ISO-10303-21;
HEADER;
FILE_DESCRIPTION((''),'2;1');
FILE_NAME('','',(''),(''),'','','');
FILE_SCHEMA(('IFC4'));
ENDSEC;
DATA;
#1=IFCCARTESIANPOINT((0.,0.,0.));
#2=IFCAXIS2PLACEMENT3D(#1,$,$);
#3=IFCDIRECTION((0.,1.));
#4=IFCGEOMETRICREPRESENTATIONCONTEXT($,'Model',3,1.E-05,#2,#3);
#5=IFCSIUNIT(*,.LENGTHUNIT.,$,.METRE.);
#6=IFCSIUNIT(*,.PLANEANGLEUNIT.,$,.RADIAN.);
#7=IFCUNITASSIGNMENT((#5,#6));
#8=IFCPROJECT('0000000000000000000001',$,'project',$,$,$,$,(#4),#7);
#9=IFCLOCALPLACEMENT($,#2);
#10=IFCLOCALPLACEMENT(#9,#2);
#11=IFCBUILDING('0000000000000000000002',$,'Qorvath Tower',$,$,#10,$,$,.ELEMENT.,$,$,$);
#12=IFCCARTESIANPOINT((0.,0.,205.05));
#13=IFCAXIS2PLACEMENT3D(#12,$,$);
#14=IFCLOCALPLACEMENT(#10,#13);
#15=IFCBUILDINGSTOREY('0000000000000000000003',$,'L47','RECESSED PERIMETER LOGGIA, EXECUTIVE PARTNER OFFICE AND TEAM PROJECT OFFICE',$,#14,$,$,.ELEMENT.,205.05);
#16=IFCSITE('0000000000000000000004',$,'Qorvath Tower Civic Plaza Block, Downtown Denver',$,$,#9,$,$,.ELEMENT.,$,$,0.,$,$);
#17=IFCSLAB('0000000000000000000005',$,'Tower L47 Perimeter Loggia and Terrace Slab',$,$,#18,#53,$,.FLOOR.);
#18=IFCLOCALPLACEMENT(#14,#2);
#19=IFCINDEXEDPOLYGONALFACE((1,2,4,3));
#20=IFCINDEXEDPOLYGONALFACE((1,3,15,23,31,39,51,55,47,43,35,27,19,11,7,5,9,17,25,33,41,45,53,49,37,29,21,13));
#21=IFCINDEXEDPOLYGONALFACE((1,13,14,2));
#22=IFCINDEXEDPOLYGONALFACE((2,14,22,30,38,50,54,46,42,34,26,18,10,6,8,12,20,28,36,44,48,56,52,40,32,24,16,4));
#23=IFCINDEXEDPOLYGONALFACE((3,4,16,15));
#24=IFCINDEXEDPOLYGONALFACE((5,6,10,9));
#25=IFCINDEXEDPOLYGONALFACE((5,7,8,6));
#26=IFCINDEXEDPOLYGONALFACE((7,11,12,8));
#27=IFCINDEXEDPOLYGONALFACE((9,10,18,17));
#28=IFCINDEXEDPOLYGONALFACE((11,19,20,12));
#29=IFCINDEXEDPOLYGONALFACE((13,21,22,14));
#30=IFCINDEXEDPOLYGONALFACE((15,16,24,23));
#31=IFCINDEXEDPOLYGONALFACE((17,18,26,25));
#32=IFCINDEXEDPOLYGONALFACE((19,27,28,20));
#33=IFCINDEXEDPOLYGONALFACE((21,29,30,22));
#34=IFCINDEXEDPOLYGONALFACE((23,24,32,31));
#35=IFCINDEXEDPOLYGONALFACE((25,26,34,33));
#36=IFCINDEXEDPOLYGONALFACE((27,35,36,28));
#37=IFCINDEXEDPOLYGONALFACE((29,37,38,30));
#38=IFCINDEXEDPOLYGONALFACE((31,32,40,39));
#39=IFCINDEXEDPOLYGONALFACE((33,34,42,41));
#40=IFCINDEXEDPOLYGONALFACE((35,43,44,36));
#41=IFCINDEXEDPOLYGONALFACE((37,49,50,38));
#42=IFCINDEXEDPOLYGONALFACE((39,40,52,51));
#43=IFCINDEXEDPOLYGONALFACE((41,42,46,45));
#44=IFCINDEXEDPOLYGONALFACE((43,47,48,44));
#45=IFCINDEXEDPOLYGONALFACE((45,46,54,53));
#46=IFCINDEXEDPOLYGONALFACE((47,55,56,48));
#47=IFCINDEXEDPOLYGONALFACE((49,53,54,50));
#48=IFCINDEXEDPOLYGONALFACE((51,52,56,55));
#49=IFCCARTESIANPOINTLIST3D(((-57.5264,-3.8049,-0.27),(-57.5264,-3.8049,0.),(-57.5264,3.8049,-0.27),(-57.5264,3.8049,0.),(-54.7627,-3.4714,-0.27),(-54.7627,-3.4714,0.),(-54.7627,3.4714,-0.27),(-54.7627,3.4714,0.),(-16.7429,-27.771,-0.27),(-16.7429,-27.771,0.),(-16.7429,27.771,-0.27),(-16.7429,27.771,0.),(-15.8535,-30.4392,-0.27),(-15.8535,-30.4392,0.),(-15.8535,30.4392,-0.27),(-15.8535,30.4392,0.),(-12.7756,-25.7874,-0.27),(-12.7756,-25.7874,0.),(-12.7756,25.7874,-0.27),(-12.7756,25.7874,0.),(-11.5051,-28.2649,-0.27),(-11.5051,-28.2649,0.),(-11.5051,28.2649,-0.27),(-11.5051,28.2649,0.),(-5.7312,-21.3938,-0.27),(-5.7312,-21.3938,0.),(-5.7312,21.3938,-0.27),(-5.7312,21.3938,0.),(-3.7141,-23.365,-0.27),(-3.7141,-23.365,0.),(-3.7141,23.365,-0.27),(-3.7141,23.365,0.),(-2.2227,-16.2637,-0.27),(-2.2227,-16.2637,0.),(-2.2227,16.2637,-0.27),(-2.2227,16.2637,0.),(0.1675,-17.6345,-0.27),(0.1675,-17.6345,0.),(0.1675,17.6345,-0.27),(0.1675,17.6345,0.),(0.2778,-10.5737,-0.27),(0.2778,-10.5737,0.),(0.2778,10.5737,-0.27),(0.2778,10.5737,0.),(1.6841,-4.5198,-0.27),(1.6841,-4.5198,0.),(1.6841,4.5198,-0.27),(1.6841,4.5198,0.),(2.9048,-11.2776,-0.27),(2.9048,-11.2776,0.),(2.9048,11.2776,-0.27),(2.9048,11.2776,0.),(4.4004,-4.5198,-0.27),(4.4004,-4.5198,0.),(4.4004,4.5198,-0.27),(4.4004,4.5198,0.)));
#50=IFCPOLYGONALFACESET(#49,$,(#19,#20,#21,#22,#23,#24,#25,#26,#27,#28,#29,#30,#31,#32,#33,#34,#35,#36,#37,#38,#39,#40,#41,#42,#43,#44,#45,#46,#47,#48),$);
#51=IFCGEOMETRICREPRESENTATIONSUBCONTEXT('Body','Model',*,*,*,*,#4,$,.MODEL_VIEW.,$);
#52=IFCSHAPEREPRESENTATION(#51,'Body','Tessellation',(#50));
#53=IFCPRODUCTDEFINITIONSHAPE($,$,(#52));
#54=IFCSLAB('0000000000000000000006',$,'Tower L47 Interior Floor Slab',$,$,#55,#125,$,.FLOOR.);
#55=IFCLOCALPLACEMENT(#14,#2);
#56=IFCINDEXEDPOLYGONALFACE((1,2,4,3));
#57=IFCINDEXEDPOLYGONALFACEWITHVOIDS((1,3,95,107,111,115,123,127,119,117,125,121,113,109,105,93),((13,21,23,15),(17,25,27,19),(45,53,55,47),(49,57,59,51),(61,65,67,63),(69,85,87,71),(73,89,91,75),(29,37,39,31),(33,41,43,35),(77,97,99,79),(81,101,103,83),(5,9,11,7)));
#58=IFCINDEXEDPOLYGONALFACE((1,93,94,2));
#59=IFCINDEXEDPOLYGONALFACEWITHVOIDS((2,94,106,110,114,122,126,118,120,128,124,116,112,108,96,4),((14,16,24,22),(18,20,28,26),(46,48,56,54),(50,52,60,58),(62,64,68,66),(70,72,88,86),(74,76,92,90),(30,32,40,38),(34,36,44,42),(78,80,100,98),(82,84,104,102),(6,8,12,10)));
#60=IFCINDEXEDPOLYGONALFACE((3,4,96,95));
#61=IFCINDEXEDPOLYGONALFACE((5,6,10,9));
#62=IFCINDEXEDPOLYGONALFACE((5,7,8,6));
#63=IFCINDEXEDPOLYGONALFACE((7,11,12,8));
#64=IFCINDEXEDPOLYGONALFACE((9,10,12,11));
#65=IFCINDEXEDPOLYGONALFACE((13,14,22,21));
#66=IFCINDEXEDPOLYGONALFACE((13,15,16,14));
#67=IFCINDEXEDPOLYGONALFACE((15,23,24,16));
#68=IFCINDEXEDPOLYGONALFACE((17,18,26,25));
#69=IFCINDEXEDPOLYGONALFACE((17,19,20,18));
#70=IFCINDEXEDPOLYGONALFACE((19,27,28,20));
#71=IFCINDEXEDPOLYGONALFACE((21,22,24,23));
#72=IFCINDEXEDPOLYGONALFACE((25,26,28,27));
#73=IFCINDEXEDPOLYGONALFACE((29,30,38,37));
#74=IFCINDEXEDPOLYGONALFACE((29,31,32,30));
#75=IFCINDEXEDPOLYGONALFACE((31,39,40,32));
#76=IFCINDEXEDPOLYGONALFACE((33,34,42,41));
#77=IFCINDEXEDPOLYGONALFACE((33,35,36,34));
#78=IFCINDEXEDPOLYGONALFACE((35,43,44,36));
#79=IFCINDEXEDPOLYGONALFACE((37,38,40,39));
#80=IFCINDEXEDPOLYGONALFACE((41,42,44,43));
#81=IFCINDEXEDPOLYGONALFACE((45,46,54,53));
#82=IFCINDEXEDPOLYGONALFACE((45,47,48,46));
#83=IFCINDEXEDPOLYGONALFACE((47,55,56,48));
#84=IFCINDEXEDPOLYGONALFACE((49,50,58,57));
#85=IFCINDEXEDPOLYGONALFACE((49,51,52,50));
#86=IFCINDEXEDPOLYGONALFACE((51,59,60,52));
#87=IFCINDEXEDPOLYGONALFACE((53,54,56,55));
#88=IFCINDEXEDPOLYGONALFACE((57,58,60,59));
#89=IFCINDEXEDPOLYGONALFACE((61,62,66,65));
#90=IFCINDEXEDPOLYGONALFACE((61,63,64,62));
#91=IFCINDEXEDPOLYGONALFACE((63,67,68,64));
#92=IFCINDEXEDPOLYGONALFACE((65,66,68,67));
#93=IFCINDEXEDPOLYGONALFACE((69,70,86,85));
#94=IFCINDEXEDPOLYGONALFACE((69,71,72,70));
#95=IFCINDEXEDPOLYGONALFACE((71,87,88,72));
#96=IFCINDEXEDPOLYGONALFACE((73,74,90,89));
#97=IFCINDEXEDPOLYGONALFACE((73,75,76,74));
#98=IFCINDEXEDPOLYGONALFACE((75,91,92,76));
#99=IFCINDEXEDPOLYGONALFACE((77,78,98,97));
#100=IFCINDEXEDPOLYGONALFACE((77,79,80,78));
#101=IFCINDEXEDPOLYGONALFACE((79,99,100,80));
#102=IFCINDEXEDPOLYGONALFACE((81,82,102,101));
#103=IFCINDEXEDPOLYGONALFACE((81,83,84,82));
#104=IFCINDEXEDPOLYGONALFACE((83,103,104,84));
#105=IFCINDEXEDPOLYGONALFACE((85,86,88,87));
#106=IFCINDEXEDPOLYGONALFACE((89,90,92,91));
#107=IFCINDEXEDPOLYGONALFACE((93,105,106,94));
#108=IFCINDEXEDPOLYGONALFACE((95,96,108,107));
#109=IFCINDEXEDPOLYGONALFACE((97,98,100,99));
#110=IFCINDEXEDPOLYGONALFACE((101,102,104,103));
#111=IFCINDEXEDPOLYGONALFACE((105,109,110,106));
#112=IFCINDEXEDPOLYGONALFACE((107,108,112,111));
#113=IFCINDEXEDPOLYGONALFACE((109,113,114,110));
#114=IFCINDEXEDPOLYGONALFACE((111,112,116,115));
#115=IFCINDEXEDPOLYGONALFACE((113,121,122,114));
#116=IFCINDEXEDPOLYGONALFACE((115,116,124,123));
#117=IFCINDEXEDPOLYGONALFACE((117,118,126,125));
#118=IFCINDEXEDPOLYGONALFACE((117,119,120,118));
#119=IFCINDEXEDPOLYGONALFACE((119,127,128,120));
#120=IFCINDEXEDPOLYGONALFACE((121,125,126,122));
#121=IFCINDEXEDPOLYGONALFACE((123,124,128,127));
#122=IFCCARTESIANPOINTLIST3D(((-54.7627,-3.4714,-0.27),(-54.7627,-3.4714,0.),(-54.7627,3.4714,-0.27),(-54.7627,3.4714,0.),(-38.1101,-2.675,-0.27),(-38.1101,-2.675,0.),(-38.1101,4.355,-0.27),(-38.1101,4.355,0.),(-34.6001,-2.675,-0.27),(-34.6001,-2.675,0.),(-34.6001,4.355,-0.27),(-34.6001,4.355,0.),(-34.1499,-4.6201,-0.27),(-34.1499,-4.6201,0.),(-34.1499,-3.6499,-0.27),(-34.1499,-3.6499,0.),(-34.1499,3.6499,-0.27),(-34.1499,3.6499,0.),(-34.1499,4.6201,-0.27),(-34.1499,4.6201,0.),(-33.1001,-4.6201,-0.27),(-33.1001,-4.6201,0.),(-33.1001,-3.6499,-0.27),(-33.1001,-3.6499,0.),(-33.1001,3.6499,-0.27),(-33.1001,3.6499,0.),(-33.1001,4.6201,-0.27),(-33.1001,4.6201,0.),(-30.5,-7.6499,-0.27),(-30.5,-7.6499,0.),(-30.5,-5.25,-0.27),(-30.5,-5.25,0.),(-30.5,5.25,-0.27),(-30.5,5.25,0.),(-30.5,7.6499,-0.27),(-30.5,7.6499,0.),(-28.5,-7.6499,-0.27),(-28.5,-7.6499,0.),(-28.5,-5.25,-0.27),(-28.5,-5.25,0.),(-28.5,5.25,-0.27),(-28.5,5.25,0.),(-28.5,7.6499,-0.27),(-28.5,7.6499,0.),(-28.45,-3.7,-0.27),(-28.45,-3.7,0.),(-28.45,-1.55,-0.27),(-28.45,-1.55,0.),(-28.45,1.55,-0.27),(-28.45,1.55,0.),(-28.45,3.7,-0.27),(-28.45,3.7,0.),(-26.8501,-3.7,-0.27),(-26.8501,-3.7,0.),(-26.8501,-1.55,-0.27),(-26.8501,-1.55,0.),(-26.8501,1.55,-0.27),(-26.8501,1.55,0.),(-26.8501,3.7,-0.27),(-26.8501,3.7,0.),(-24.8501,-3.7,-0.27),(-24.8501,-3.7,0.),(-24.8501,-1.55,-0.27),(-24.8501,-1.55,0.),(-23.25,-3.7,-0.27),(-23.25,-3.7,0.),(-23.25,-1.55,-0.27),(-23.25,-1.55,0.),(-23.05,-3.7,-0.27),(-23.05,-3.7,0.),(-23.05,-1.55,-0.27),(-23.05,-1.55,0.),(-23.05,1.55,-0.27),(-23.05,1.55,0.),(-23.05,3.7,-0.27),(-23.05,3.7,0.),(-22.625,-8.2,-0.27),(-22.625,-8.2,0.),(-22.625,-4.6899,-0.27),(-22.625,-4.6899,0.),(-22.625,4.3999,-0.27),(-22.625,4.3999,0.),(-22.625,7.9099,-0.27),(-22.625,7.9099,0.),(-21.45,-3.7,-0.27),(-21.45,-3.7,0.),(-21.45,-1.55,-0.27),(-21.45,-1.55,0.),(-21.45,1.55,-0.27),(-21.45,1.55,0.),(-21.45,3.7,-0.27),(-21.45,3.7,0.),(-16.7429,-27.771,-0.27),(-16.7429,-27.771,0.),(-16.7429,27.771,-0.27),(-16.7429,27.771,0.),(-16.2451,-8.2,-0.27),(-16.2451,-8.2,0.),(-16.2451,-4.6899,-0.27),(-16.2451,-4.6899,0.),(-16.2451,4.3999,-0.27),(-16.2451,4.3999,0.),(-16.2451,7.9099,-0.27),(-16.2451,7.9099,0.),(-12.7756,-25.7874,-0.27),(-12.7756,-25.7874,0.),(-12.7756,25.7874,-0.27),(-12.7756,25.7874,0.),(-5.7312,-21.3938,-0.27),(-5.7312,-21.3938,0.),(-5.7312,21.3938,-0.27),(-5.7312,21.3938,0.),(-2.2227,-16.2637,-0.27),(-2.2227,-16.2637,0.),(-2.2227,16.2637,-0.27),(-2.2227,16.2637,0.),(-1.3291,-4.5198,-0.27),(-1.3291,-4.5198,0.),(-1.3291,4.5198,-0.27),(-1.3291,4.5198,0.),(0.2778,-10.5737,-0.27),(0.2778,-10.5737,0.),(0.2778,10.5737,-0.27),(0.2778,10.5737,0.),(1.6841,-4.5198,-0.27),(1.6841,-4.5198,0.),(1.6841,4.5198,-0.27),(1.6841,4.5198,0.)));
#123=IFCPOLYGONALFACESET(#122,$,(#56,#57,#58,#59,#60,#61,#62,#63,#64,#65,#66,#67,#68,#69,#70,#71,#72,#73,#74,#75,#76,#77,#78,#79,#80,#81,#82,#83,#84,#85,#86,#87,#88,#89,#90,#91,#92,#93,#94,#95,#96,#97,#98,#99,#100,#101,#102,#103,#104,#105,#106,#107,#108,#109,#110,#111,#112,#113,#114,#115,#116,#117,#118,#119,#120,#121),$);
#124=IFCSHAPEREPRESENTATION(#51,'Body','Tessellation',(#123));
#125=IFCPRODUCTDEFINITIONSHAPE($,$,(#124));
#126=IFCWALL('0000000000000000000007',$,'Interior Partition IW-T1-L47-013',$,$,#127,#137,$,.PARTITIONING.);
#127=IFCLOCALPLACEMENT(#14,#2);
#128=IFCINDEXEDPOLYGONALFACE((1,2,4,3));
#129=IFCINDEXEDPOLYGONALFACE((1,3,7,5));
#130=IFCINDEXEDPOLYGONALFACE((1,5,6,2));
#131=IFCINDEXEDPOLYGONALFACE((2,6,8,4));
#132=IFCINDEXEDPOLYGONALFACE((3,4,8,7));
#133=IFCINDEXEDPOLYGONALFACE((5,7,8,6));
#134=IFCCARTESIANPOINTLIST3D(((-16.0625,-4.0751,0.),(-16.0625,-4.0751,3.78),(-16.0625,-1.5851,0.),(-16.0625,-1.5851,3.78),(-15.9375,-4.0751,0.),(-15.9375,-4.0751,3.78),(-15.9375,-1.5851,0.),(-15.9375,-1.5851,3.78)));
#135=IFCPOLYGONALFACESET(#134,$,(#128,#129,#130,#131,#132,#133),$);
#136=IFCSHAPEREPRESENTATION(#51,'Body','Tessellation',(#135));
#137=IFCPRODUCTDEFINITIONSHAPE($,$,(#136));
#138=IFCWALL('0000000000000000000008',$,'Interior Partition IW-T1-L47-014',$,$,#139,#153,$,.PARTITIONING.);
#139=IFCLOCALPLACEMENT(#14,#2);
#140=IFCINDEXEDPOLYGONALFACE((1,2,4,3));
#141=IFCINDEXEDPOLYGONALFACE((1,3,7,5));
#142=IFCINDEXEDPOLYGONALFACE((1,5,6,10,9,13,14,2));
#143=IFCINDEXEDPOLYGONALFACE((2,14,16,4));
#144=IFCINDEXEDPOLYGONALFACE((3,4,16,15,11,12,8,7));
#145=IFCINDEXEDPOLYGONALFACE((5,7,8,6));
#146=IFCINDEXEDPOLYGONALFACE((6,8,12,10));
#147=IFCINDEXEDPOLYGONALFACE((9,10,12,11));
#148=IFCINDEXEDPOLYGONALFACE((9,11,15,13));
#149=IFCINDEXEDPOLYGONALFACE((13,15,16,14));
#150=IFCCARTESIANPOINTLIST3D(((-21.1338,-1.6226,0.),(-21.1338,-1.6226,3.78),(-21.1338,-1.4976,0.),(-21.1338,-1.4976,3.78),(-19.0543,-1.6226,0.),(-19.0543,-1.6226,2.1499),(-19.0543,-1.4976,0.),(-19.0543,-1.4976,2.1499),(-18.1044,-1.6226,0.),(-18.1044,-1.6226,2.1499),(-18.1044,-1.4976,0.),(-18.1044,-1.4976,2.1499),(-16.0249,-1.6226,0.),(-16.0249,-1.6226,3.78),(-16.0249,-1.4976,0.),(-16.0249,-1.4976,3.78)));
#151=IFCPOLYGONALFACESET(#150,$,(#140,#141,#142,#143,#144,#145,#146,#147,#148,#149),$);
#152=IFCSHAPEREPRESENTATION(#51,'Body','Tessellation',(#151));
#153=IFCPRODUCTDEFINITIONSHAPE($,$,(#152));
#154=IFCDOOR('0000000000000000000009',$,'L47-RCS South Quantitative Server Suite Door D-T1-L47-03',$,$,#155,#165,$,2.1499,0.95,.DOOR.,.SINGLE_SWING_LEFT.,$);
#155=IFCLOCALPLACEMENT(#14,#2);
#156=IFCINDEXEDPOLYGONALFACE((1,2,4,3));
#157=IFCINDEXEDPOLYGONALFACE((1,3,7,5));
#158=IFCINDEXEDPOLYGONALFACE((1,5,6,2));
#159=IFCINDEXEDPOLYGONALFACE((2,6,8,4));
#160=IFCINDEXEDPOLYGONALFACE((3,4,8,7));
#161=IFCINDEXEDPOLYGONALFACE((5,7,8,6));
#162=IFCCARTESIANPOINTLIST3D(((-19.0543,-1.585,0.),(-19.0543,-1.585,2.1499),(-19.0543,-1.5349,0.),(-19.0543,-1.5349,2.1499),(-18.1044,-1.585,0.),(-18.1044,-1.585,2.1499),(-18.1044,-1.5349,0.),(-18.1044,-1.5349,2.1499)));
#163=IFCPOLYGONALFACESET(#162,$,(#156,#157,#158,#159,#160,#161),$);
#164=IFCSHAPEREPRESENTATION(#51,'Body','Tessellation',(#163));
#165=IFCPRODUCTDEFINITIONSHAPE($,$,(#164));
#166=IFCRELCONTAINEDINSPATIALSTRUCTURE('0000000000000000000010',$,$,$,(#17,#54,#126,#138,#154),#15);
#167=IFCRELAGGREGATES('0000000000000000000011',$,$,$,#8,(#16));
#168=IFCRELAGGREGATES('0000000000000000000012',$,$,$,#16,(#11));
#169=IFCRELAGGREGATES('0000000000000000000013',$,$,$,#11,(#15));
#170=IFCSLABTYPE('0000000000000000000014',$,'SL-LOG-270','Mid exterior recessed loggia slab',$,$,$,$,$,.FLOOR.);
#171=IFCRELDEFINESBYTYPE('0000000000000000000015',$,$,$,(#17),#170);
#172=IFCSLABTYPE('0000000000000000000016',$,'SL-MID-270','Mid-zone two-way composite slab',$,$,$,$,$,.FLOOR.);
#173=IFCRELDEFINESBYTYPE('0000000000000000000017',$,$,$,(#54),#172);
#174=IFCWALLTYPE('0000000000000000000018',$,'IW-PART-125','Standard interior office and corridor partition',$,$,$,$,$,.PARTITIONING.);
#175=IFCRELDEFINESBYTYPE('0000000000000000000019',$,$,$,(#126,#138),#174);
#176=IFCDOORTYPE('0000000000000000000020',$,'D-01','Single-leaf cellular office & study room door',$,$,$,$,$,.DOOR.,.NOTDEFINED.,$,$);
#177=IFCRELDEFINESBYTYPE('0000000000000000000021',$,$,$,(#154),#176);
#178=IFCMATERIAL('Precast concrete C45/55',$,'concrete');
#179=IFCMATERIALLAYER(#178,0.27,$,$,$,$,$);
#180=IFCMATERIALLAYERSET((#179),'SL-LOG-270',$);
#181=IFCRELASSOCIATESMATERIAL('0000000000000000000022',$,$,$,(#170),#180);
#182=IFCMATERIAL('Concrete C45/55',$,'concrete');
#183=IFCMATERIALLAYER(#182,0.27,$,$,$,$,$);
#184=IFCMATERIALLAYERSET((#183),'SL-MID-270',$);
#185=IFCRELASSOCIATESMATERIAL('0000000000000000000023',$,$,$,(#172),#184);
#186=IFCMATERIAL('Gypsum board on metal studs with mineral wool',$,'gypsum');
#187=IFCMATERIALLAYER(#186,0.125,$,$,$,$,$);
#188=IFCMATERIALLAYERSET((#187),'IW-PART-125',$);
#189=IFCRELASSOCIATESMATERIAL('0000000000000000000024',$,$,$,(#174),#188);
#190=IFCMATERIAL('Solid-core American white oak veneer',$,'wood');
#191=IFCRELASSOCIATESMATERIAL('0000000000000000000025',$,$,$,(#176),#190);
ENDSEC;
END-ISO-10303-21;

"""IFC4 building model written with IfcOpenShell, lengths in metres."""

from ifc_helpers import new_model, si_unit, direction, frame, frame_2d, origin, place, context, subcontext, project, spatial, polyline, rectangle, outline, extrude, material, layer, layer_set, type_object, element, fill, save


model = new_model("IFC4")

# Units and contexts
model_context = context("Model", 3, precision=1e-05, world=origin(), true_north=direction((0.0, 1.0)))
body_context = subcontext(model_context, "Body", "Model", "MODEL_VIEW")
ifc_project = project(units=[si_unit("LENGTHUNIT", "METRE"), si_unit("PLANEANGLEUNIT", "RADIAN")], contexts=[model_context])

# Site, building, storey
site_placement = place(None, origin())
site = spatial("IfcSite", under=ifc_project, at=site_placement, Name="Qorvath Tower Civic Plaza Block, Downtown Denver", CompositionType="ELEMENT", RefElevation=0.0)
building_placement = place(site_placement, origin())
building = spatial("IfcBuilding", under=site, at=building_placement, Name="Qorvath Tower", CompositionType="ELEMENT")
storey_placement = place(building_placement, frame((0.0, 0.0, 205.05)))
storey = spatial("IfcBuildingStorey", under=building, at=storey_placement, Name="L47", Description="RECESSED PERIMETER LOGGIA, EXECUTIVE PARTNER OFFICE AND TEAM PROJECT OFFICE", CompositionType="ELEMENT", Elevation=205.05)

# Slabs
ifc_material_1 = material(Name="Precast concrete C45/55", Category="concrete")
ifc_layer_1 = layer(ifc_material_1, 0.27)
ifc_layer_set_1 = layer_set([ifc_layer_1], Name="SL-LOG-270")
slab_type_1 = type_object("IfcSlabType", Name="SL-LOG-270", Description="Mid exterior recessed loggia slab", PredefinedType="FLOOR", material=ifc_layer_set_1)
slab_1_placement = place(storey_placement, frame((0.0, 0.0, -0.27)))
element("IfcSlab", 1, at=slab_1_placement, inside=storey, type_object=slab_type_1, Name="Tower L47 Perimeter Loggia and Terrace Slab", PredefinedType="FLOOR", context=body_context, shape_type="SweptSolid", body=[
    extrude(outline(polyline([(1.6841, -4.5198), (0.2778, -10.5737), (-2.2227, -16.2637), (-5.7312, -21.3938), (-12.7756, -25.7874), (-16.7429, -27.771), (-54.7627, -3.4714), (-54.7627, 3.4714), (-16.7429, 27.771), (-12.7756, 25.7874), (-5.7312, 21.3938), (-2.2227, 16.2637), (0.2778, 10.5737), (1.6841, 4.5198), (4.4004, 4.5198), (2.9048, 11.2776), (0.1675, 17.6345), (-3.7141, 23.365), (-11.5051, 28.2649), (-15.8535, 30.4392), (-57.5264, 3.8049), (-57.5264, -3.8049), (-15.8535, -30.4392), (-11.5051, -28.2649), (-3.7141, -23.365), (0.1675, -17.6345), (2.9048, -11.2776), (4.4004, -4.5198), (1.6841, -4.5198)])), origin(), (0.0, 0.0, 1.0), 0.27),
])
ifc_material_2 = material(Name="Concrete C45/55", Category="concrete")
ifc_layer_2 = layer(ifc_material_2, 0.27)
ifc_layer_set_2 = layer_set([ifc_layer_2], Name="SL-MID-270")
slab_type_2 = type_object("IfcSlabType", Name="SL-MID-270", Description="Mid-zone two-way composite slab", PredefinedType="FLOOR", material=ifc_layer_set_2)
slab_2_placement = place(storey_placement, frame((0.0, 0.0, -0.27)))
element("IfcSlab", 2, at=slab_2_placement, inside=storey, type_object=slab_type_2, Name="Tower L47 Interior Floor Slab", PredefinedType="FLOOR", context=body_context, shape_type="SweptSolid", body=[
    extrude(outline(polyline([(-54.7627, 3.4714), (-54.7627, -3.4714), (-16.7429, -27.771), (-12.7756, -25.7874), (-5.7312, -21.3938), (-2.2227, -16.2637), (0.2778, -10.5737), (1.6841, -4.5198), (-1.3291, -4.5198), (-1.3291, 4.5198), (1.6841, 4.5198), (0.2778, 10.5737), (-2.2227, 16.2637), (-5.7312, 21.3938), (-12.7756, 25.7874), (-16.7429, 27.771), (-54.7627, 3.4714)]), holes=[polyline([(-16.2451, -8.2), (-22.625, -8.2), (-22.625, -4.6899), (-16.2451, -4.6899), (-16.2451, -8.2)]), polyline([(-22.625, 4.3999), (-22.625, 7.9099), (-16.2451, 7.9099), (-16.2451, 4.3999), (-22.625, 4.3999)]), polyline([(-21.45, -3.7), (-23.05, -3.7), (-23.05, -1.55), (-21.45, -1.55), (-21.45, -3.7)]), polyline([(-23.05, 1.55), (-23.05, 3.7), (-21.45, 3.7), (-21.45, 1.55), (-23.05, 1.55)]), polyline([(-24.8501, -3.7), (-24.8501, -1.55), (-23.25, -1.55), (-23.25, -3.7), (-24.8501, -3.7)]), polyline([(-28.45, -3.7), (-28.45, -1.55), (-26.8501, -1.55), (-26.8501, -3.7), (-28.45, -3.7)]), polyline([(-26.8501, 1.55), (-28.45, 1.55), (-28.45, 3.7), (-26.8501, 3.7), (-26.8501, 1.55)]), polyline([(-28.5, -7.6499), (-30.5, -7.6499), (-30.5, -5.25), (-28.5, -5.25), (-28.5, -7.6499)]), polyline([(-30.5, 5.25), (-30.5, 7.6499), (-28.5, 7.6499), (-28.5, 5.25), (-30.5, 5.25)]), polyline([(-34.1499, -4.6201), (-34.1499, -3.6499), (-33.1001, -3.6499), (-33.1001, -4.6201), (-34.1499, -4.6201)]), polyline([(-34.1499, 3.6499), (-34.1499, 4.6201), (-33.1001, 4.6201), (-33.1001, 3.6499), (-34.1499, 3.6499)]), polyline([(-34.6001, -2.675), (-38.1101, -2.675), (-38.1101, 4.355), (-34.6001, 4.355), (-34.6001, -2.675)])]), origin(), (0.0, 0.0, 1.0), 0.27),
])

# Wall
ifc_material_3 = material(Name="Gypsum board on metal studs with mineral wool", Category="gypsum")
ifc_layer_3 = layer(ifc_material_3, 0.125)
ifc_layer_set_3 = layer_set([ifc_layer_3], Name="IW-PART-125")
wall_type_1 = type_object("IfcWallType", Name="IW-PART-125", Description="Standard interior office and corridor partition", PredefinedType="PARTITIONING", material=ifc_layer_set_3)
wall_1_placement = place(storey_placement, frame((-16.0, -4.0752, 0.0), z_axis=(0.0, 0.0, 1.0), x_axis=(0.0, 1.0, 0.0)))
element("IfcWall", 3, at=wall_1_placement, inside=storey, type_object=wall_type_1, Name="Interior Partition IW-T1-L47-013", PredefinedType="PARTITIONING", context=body_context, shape_type="SweptSolid", body=[
    extrude(rectangle(XDim=2.49, YDim=0.125, at=frame_2d((1.2451, 0.0))), origin(), (0.0, 0.0, 1.0), 3.78),
])

# Wall, opening, door
wall_2_placement = place(storey_placement, frame((-16.0249, -1.5601, 0.0), z_axis=(0.0, 0.0, 1.0), x_axis=(-1.0, 0.0, 0.0)))
wall_2 = element("IfcWall", 4, at=wall_2_placement, inside=storey, type_object=wall_type_1, Name="Interior Partition IW-T1-L47-014", PredefinedType="PARTITIONING", context=body_context, shape_type="SweptSolid", body=[
    extrude(rectangle(XDim=5.1089, YDim=0.125, at=frame_2d((2.5544, 0.0))), origin(), (0.0, 0.0, 1.0), 3.78),
])
opening_1_placement = place(wall_2_placement, frame((2.0793, 0.0, 0.0)))
opening_1 = element("IfcOpeningElement", 5, at=opening_1_placement, cuts=wall_2, PredefinedType="OPENING", context=body_context, shape_type="SweptSolid", body=[
    extrude(rectangle(XDim=0.95, YDim=2.1499, at=frame_2d((0.4751, 1.075))), frame((0.0, 0.0725, 0.0), z_axis=(0.0, -1.0, 0.0), x_axis=(1.0, 0.0, 0.0)), (0.0, 0.0, 1.0), 0.145),
])
ifc_material_4 = material(Name="Solid-core American white oak veneer", Category="wood")
door_type = type_object("IfcDoorType", Name="D-01", Description="Single-leaf cellular office & study room door", OperationType="NOTDEFINED", PredefinedType="DOOR", material=ifc_material_4)
door_1_placement = place(opening_1_placement, origin())
door_1 = element("IfcDoor", 6, at=door_1_placement, inside=storey, type_object=door_type, Name="L47-RCS South Quantitative Server Suite Door D-T1-L47-03", OperationType="SINGLE_SWING_LEFT", OverallHeight=2.1499, OverallWidth=0.95, PredefinedType="DOOR", context=body_context, shape_type="SweptSolid", body=[
    extrude(rectangle(XDim=0.95, YDim=2.1499, at=frame_2d((0.4751, 1.075))), frame((0.0, 0.0249, 0.0), z_axis=(0.0, -1.0, 0.0), x_axis=(1.0, 0.0, 0.0)), (0.0, 0.0, 1.0), 0.05),
])
fill(opening_1, door_1)

save(model, "model.ifc")
